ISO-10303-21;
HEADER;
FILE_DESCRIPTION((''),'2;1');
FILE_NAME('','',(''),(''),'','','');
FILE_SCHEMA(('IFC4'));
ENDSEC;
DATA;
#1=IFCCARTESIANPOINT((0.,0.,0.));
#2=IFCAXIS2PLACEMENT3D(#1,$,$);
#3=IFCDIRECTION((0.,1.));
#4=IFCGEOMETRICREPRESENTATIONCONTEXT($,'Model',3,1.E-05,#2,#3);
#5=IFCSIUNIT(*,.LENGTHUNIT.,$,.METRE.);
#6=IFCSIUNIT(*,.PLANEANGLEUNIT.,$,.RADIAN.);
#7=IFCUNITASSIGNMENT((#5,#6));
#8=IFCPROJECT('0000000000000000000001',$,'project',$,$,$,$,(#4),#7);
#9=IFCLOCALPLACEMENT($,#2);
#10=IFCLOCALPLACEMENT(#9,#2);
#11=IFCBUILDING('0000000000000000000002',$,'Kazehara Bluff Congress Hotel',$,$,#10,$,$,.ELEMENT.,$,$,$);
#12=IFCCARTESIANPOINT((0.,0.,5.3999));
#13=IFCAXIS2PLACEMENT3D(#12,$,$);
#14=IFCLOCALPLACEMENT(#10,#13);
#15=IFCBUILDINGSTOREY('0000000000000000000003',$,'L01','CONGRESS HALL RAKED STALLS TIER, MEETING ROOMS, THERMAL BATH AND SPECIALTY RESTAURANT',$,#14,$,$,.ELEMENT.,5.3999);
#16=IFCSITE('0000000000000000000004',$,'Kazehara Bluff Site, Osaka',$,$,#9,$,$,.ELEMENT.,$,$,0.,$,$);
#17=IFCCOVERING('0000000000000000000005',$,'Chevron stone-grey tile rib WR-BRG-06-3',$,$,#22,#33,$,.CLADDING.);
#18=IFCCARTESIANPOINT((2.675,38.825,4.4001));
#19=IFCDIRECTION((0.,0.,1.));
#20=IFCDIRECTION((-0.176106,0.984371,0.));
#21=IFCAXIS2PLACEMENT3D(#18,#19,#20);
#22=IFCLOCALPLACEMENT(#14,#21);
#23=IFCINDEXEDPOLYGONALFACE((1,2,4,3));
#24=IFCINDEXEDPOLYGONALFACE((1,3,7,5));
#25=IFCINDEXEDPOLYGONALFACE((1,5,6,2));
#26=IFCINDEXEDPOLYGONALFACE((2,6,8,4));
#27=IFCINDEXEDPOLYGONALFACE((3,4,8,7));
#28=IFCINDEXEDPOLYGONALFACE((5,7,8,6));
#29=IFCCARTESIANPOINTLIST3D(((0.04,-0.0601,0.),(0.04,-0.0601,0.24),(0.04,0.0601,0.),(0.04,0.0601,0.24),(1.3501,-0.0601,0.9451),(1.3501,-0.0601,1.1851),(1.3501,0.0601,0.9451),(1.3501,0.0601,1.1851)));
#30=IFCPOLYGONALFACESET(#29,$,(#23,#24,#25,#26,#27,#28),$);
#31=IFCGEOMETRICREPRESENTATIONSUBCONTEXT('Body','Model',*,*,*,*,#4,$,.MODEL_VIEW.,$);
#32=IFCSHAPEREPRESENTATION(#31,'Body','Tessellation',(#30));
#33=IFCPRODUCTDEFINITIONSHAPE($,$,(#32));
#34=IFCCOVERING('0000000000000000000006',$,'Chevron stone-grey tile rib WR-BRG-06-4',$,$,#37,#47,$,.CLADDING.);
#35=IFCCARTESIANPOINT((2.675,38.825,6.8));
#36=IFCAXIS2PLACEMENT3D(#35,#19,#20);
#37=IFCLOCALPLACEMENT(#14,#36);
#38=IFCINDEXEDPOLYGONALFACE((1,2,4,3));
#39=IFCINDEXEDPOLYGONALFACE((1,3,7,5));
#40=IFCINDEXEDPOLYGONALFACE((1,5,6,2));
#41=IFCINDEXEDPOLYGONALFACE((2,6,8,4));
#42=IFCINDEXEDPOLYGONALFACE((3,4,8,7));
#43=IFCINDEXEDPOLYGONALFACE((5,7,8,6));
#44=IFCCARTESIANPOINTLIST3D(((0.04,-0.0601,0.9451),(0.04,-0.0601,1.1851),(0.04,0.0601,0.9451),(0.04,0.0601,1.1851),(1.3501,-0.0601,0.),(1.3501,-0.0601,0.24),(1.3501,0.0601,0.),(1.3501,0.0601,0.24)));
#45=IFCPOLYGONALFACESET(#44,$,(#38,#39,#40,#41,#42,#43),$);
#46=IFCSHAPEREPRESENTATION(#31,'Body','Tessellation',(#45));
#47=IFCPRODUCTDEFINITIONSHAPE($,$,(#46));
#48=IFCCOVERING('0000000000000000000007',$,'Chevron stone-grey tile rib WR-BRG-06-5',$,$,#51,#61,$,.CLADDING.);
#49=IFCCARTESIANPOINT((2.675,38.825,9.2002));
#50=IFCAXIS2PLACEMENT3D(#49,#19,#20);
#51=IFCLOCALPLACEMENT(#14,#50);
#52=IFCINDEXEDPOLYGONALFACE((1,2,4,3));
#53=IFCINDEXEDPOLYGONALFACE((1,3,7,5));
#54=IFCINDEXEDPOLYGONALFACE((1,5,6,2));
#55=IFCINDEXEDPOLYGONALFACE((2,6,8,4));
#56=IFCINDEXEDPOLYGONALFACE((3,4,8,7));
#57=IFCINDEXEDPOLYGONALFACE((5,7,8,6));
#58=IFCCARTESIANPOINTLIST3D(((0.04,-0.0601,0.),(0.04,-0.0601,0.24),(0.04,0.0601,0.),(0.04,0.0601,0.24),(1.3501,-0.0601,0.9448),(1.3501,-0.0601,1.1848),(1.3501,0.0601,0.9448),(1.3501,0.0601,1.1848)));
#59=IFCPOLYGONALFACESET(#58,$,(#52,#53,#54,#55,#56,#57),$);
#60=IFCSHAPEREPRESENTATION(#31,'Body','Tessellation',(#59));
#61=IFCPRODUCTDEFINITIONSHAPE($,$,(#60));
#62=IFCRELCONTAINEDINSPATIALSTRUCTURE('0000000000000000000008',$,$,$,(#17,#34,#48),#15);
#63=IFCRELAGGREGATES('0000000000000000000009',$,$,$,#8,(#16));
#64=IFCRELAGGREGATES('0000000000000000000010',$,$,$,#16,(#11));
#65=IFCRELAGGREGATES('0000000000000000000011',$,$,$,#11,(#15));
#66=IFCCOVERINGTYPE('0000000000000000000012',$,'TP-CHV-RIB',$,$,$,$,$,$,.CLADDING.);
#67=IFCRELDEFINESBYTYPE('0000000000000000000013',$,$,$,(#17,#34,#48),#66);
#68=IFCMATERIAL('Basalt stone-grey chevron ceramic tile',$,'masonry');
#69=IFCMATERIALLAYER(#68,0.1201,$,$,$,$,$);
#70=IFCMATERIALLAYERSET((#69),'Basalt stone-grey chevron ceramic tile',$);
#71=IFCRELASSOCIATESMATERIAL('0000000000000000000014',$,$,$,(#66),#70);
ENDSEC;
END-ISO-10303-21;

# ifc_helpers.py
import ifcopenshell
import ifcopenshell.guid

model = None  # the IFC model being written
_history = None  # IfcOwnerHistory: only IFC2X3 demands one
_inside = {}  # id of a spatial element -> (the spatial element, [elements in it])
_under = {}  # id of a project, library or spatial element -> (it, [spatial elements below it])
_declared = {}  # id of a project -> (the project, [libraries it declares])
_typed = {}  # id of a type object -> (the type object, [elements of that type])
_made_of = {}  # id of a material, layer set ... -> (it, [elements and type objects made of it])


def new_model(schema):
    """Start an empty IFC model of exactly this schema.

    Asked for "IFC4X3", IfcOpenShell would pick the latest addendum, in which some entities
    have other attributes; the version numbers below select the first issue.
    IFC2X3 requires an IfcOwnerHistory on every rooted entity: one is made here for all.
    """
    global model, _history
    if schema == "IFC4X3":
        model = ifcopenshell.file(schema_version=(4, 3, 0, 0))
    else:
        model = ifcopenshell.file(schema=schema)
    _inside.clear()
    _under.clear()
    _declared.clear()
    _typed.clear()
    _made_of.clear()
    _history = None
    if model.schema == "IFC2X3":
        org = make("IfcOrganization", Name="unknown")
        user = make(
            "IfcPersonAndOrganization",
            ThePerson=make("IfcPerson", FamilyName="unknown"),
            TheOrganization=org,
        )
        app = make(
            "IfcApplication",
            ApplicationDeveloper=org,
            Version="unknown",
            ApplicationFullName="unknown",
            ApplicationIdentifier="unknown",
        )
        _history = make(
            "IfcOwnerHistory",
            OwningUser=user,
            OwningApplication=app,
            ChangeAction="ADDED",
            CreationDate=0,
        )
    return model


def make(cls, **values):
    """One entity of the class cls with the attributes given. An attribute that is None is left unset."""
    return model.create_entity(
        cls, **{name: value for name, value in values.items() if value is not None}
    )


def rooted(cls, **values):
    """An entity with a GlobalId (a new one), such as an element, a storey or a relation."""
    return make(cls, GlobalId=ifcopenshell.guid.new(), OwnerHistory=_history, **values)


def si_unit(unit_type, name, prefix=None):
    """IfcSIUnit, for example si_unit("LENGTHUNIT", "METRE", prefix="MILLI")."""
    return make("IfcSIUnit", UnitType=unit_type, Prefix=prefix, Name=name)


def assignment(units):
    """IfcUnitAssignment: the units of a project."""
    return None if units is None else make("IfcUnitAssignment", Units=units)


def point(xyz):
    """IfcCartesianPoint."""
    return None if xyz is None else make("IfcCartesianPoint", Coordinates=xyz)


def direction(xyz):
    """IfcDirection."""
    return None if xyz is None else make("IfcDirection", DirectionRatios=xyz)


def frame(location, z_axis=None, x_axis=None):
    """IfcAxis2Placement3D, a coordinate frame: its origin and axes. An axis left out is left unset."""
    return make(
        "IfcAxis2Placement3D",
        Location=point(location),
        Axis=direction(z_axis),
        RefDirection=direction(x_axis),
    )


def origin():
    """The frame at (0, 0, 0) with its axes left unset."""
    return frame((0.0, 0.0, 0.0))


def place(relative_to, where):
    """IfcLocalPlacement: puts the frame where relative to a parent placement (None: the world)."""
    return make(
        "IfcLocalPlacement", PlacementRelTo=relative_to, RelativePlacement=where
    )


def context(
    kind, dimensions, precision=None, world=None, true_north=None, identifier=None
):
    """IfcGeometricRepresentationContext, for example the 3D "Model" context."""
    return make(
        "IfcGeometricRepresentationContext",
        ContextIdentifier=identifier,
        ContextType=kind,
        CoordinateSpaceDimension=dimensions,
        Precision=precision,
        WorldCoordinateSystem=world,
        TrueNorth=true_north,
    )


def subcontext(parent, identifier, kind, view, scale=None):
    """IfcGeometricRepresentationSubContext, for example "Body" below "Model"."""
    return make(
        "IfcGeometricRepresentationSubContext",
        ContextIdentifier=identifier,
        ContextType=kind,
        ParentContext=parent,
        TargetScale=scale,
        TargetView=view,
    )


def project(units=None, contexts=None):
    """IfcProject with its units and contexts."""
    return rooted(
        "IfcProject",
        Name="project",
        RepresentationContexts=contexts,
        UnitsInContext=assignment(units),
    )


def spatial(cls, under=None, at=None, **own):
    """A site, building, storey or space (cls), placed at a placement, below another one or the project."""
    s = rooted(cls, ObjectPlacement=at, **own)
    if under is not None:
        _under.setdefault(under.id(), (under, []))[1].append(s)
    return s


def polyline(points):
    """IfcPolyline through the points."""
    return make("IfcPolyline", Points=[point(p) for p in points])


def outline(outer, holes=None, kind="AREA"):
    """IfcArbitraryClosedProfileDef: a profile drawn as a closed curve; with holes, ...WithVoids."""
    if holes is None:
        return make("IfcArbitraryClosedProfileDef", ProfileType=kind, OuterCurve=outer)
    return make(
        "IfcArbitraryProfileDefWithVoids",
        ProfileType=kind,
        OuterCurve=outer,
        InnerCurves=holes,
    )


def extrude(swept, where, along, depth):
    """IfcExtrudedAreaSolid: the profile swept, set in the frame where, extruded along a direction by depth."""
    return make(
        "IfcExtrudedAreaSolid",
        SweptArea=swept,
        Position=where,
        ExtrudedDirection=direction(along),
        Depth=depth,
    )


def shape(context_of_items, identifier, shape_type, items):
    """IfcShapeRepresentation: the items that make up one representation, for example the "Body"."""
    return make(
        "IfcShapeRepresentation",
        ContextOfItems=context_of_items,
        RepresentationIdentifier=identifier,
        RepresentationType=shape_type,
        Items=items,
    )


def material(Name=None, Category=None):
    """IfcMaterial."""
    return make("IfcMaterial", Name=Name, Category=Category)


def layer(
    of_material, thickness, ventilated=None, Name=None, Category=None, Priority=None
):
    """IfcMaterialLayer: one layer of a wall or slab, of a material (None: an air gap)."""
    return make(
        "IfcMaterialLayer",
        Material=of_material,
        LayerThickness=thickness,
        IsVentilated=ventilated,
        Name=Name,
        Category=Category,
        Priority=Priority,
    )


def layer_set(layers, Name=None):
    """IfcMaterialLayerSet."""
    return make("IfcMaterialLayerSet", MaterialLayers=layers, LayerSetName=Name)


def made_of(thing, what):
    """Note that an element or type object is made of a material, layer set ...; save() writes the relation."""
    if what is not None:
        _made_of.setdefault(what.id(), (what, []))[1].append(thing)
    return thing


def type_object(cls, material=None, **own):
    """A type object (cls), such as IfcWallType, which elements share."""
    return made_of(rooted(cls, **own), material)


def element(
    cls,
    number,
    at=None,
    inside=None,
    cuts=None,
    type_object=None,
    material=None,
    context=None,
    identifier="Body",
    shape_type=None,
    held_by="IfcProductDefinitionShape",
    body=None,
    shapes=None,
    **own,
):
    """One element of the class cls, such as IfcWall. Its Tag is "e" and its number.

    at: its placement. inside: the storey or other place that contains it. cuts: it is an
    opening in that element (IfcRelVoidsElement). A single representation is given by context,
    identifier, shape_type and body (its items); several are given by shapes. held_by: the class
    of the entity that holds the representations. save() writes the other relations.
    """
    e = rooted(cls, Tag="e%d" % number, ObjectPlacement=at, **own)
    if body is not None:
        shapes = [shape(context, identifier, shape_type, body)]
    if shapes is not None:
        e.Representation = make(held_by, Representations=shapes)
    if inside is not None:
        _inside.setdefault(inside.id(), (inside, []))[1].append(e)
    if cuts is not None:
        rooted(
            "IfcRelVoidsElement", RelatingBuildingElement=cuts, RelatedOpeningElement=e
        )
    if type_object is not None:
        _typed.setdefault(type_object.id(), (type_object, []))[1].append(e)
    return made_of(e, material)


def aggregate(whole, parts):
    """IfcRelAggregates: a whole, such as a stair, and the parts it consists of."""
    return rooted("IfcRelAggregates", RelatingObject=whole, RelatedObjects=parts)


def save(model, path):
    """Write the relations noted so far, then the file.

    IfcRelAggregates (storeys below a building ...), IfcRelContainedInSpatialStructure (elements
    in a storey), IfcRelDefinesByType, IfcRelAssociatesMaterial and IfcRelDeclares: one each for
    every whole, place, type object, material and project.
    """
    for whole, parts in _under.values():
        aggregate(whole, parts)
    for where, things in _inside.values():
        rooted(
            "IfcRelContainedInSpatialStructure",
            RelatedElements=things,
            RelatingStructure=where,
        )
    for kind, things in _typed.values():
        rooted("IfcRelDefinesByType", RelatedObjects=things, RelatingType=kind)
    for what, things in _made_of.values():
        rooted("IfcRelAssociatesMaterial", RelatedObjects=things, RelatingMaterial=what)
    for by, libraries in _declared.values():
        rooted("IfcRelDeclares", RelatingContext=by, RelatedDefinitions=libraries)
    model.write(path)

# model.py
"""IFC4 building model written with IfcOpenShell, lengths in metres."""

from ifc_helpers import new_model, si_unit, direction, frame, origin, place, context, subcontext, project, spatial, polyline, outline, extrude, material, layer, layer_set, type_object, element, save


model = new_model("IFC4")

# Units and contexts
model_context = context("Model", 3, precision=1e-05, world=origin(), true_north=direction((0.0, 1.0)))
body_context = subcontext(model_context, "Body", "Model", "MODEL_VIEW")
ifc_project = project(units=[si_unit("LENGTHUNIT", "METRE"), si_unit("PLANEANGLEUNIT", "RADIAN")], contexts=[model_context])

# Site, building, storey
site_placement = place(None, origin())
site = spatial("IfcSite", under=ifc_project, at=site_placement, Name="Kazehara Bluff Site, Osaka", CompositionType="ELEMENT", RefElevation=0.0)
building_placement = place(site_placement, origin())
building = spatial("IfcBuilding", under=site, at=building_placement, Name="Kazehara Bluff Congress Hotel", CompositionType="ELEMENT")
storey_placement = place(building_placement, frame((0.0, 0.0, 5.3999)))
storey = spatial("IfcBuildingStorey", under=building, at=storey_placement, Name="L01", Description="CONGRESS HALL RAKED STALLS TIER, MEETING ROOMS, THERMAL BATH AND SPECIALTY RESTAURANT", CompositionType="ELEMENT", Elevation=5.3999)

# Coverings
ifc_material_1 = material(Name="Basalt stone-grey chevron ceramic tile", Category="masonry")
ifc_layer_1 = layer(ifc_material_1, 0.1201)
ifc_layer_set_1 = layer_set([ifc_layer_1], Name="Basalt stone-grey chevron ceramic tile")
covering_type_1 = type_object("IfcCoveringType", Name="TP-CHV-RIB", PredefinedType="CLADDING", material=ifc_layer_set_1)
covering_1_placement = place(storey_placement, frame((2.675, 38.825, 4.4001), z_axis=(0.0, 0.0, 1.0), x_axis=(-0.176106, 0.984371, 0.0)))
element("IfcCovering", 1, at=covering_1_placement, inside=storey, type_object=covering_type_1, Name="Chevron stone-grey tile rib WR-BRG-06-3", PredefinedType="CLADDING", context=body_context, shape_type="SweptSolid", body=[
    extrude(outline(polyline([(0.04, 0.0), (1.3501, 0.9451), (1.3501, 1.1851), (0.04, 0.24), (0.04, 0.0)])), frame((0.0, 0.0601, 0.0), z_axis=(0.0, -1.0, 0.0), x_axis=(1.0, 0.0, 0.0)), (0.0, 0.0, 1.0), 0.1201),
])
covering_2_placement = place(storey_placement, frame((2.675, 38.825, 6.8), z_axis=(0.0, 0.0, 1.0), x_axis=(-0.176106, 0.984371, 0.0)))
element("IfcCovering", 2, at=covering_2_placement, inside=storey, type_object=covering_type_1, Name="Chevron stone-grey tile rib WR-BRG-06-4", PredefinedType="CLADDING", context=body_context, shape_type="SweptSolid", body=[
    extrude(outline(polyline([(0.04, 0.9451), (1.3501, 0.0), (1.3501, 0.24), (0.04, 1.1851), (0.04, 0.9451)])), frame((0.0, 0.0601, 0.0), z_axis=(0.0, -1.0, 0.0), x_axis=(1.0, 0.0, 0.0)), (0.0, 0.0, 1.0), 0.1201),
])
covering_3_placement = place(storey_placement, frame((2.675, 38.825, 9.2002), z_axis=(0.0, 0.0, 1.0), x_axis=(-0.176106, 0.984371, 0.0)))
element("IfcCovering", 3, at=covering_3_placement, inside=storey, type_object=covering_type_1, Name="Chevron stone-grey tile rib WR-BRG-06-5", PredefinedType="CLADDING", context=body_context, shape_type="SweptSolid", body=[
    extrude(outline(polyline([(0.04, 0.0), (1.3501, 0.9448), (1.3501, 1.1848), (0.04, 0.24), (0.04, 0.0)])), frame((0.0, 0.0601, 0.0), z_axis=(0.0, -1.0, 0.0), x_axis=(1.0, 0.0, 0.0)), (0.0, 0.0, 1.0), 0.1201),
])

save(model, "model.ifc")
